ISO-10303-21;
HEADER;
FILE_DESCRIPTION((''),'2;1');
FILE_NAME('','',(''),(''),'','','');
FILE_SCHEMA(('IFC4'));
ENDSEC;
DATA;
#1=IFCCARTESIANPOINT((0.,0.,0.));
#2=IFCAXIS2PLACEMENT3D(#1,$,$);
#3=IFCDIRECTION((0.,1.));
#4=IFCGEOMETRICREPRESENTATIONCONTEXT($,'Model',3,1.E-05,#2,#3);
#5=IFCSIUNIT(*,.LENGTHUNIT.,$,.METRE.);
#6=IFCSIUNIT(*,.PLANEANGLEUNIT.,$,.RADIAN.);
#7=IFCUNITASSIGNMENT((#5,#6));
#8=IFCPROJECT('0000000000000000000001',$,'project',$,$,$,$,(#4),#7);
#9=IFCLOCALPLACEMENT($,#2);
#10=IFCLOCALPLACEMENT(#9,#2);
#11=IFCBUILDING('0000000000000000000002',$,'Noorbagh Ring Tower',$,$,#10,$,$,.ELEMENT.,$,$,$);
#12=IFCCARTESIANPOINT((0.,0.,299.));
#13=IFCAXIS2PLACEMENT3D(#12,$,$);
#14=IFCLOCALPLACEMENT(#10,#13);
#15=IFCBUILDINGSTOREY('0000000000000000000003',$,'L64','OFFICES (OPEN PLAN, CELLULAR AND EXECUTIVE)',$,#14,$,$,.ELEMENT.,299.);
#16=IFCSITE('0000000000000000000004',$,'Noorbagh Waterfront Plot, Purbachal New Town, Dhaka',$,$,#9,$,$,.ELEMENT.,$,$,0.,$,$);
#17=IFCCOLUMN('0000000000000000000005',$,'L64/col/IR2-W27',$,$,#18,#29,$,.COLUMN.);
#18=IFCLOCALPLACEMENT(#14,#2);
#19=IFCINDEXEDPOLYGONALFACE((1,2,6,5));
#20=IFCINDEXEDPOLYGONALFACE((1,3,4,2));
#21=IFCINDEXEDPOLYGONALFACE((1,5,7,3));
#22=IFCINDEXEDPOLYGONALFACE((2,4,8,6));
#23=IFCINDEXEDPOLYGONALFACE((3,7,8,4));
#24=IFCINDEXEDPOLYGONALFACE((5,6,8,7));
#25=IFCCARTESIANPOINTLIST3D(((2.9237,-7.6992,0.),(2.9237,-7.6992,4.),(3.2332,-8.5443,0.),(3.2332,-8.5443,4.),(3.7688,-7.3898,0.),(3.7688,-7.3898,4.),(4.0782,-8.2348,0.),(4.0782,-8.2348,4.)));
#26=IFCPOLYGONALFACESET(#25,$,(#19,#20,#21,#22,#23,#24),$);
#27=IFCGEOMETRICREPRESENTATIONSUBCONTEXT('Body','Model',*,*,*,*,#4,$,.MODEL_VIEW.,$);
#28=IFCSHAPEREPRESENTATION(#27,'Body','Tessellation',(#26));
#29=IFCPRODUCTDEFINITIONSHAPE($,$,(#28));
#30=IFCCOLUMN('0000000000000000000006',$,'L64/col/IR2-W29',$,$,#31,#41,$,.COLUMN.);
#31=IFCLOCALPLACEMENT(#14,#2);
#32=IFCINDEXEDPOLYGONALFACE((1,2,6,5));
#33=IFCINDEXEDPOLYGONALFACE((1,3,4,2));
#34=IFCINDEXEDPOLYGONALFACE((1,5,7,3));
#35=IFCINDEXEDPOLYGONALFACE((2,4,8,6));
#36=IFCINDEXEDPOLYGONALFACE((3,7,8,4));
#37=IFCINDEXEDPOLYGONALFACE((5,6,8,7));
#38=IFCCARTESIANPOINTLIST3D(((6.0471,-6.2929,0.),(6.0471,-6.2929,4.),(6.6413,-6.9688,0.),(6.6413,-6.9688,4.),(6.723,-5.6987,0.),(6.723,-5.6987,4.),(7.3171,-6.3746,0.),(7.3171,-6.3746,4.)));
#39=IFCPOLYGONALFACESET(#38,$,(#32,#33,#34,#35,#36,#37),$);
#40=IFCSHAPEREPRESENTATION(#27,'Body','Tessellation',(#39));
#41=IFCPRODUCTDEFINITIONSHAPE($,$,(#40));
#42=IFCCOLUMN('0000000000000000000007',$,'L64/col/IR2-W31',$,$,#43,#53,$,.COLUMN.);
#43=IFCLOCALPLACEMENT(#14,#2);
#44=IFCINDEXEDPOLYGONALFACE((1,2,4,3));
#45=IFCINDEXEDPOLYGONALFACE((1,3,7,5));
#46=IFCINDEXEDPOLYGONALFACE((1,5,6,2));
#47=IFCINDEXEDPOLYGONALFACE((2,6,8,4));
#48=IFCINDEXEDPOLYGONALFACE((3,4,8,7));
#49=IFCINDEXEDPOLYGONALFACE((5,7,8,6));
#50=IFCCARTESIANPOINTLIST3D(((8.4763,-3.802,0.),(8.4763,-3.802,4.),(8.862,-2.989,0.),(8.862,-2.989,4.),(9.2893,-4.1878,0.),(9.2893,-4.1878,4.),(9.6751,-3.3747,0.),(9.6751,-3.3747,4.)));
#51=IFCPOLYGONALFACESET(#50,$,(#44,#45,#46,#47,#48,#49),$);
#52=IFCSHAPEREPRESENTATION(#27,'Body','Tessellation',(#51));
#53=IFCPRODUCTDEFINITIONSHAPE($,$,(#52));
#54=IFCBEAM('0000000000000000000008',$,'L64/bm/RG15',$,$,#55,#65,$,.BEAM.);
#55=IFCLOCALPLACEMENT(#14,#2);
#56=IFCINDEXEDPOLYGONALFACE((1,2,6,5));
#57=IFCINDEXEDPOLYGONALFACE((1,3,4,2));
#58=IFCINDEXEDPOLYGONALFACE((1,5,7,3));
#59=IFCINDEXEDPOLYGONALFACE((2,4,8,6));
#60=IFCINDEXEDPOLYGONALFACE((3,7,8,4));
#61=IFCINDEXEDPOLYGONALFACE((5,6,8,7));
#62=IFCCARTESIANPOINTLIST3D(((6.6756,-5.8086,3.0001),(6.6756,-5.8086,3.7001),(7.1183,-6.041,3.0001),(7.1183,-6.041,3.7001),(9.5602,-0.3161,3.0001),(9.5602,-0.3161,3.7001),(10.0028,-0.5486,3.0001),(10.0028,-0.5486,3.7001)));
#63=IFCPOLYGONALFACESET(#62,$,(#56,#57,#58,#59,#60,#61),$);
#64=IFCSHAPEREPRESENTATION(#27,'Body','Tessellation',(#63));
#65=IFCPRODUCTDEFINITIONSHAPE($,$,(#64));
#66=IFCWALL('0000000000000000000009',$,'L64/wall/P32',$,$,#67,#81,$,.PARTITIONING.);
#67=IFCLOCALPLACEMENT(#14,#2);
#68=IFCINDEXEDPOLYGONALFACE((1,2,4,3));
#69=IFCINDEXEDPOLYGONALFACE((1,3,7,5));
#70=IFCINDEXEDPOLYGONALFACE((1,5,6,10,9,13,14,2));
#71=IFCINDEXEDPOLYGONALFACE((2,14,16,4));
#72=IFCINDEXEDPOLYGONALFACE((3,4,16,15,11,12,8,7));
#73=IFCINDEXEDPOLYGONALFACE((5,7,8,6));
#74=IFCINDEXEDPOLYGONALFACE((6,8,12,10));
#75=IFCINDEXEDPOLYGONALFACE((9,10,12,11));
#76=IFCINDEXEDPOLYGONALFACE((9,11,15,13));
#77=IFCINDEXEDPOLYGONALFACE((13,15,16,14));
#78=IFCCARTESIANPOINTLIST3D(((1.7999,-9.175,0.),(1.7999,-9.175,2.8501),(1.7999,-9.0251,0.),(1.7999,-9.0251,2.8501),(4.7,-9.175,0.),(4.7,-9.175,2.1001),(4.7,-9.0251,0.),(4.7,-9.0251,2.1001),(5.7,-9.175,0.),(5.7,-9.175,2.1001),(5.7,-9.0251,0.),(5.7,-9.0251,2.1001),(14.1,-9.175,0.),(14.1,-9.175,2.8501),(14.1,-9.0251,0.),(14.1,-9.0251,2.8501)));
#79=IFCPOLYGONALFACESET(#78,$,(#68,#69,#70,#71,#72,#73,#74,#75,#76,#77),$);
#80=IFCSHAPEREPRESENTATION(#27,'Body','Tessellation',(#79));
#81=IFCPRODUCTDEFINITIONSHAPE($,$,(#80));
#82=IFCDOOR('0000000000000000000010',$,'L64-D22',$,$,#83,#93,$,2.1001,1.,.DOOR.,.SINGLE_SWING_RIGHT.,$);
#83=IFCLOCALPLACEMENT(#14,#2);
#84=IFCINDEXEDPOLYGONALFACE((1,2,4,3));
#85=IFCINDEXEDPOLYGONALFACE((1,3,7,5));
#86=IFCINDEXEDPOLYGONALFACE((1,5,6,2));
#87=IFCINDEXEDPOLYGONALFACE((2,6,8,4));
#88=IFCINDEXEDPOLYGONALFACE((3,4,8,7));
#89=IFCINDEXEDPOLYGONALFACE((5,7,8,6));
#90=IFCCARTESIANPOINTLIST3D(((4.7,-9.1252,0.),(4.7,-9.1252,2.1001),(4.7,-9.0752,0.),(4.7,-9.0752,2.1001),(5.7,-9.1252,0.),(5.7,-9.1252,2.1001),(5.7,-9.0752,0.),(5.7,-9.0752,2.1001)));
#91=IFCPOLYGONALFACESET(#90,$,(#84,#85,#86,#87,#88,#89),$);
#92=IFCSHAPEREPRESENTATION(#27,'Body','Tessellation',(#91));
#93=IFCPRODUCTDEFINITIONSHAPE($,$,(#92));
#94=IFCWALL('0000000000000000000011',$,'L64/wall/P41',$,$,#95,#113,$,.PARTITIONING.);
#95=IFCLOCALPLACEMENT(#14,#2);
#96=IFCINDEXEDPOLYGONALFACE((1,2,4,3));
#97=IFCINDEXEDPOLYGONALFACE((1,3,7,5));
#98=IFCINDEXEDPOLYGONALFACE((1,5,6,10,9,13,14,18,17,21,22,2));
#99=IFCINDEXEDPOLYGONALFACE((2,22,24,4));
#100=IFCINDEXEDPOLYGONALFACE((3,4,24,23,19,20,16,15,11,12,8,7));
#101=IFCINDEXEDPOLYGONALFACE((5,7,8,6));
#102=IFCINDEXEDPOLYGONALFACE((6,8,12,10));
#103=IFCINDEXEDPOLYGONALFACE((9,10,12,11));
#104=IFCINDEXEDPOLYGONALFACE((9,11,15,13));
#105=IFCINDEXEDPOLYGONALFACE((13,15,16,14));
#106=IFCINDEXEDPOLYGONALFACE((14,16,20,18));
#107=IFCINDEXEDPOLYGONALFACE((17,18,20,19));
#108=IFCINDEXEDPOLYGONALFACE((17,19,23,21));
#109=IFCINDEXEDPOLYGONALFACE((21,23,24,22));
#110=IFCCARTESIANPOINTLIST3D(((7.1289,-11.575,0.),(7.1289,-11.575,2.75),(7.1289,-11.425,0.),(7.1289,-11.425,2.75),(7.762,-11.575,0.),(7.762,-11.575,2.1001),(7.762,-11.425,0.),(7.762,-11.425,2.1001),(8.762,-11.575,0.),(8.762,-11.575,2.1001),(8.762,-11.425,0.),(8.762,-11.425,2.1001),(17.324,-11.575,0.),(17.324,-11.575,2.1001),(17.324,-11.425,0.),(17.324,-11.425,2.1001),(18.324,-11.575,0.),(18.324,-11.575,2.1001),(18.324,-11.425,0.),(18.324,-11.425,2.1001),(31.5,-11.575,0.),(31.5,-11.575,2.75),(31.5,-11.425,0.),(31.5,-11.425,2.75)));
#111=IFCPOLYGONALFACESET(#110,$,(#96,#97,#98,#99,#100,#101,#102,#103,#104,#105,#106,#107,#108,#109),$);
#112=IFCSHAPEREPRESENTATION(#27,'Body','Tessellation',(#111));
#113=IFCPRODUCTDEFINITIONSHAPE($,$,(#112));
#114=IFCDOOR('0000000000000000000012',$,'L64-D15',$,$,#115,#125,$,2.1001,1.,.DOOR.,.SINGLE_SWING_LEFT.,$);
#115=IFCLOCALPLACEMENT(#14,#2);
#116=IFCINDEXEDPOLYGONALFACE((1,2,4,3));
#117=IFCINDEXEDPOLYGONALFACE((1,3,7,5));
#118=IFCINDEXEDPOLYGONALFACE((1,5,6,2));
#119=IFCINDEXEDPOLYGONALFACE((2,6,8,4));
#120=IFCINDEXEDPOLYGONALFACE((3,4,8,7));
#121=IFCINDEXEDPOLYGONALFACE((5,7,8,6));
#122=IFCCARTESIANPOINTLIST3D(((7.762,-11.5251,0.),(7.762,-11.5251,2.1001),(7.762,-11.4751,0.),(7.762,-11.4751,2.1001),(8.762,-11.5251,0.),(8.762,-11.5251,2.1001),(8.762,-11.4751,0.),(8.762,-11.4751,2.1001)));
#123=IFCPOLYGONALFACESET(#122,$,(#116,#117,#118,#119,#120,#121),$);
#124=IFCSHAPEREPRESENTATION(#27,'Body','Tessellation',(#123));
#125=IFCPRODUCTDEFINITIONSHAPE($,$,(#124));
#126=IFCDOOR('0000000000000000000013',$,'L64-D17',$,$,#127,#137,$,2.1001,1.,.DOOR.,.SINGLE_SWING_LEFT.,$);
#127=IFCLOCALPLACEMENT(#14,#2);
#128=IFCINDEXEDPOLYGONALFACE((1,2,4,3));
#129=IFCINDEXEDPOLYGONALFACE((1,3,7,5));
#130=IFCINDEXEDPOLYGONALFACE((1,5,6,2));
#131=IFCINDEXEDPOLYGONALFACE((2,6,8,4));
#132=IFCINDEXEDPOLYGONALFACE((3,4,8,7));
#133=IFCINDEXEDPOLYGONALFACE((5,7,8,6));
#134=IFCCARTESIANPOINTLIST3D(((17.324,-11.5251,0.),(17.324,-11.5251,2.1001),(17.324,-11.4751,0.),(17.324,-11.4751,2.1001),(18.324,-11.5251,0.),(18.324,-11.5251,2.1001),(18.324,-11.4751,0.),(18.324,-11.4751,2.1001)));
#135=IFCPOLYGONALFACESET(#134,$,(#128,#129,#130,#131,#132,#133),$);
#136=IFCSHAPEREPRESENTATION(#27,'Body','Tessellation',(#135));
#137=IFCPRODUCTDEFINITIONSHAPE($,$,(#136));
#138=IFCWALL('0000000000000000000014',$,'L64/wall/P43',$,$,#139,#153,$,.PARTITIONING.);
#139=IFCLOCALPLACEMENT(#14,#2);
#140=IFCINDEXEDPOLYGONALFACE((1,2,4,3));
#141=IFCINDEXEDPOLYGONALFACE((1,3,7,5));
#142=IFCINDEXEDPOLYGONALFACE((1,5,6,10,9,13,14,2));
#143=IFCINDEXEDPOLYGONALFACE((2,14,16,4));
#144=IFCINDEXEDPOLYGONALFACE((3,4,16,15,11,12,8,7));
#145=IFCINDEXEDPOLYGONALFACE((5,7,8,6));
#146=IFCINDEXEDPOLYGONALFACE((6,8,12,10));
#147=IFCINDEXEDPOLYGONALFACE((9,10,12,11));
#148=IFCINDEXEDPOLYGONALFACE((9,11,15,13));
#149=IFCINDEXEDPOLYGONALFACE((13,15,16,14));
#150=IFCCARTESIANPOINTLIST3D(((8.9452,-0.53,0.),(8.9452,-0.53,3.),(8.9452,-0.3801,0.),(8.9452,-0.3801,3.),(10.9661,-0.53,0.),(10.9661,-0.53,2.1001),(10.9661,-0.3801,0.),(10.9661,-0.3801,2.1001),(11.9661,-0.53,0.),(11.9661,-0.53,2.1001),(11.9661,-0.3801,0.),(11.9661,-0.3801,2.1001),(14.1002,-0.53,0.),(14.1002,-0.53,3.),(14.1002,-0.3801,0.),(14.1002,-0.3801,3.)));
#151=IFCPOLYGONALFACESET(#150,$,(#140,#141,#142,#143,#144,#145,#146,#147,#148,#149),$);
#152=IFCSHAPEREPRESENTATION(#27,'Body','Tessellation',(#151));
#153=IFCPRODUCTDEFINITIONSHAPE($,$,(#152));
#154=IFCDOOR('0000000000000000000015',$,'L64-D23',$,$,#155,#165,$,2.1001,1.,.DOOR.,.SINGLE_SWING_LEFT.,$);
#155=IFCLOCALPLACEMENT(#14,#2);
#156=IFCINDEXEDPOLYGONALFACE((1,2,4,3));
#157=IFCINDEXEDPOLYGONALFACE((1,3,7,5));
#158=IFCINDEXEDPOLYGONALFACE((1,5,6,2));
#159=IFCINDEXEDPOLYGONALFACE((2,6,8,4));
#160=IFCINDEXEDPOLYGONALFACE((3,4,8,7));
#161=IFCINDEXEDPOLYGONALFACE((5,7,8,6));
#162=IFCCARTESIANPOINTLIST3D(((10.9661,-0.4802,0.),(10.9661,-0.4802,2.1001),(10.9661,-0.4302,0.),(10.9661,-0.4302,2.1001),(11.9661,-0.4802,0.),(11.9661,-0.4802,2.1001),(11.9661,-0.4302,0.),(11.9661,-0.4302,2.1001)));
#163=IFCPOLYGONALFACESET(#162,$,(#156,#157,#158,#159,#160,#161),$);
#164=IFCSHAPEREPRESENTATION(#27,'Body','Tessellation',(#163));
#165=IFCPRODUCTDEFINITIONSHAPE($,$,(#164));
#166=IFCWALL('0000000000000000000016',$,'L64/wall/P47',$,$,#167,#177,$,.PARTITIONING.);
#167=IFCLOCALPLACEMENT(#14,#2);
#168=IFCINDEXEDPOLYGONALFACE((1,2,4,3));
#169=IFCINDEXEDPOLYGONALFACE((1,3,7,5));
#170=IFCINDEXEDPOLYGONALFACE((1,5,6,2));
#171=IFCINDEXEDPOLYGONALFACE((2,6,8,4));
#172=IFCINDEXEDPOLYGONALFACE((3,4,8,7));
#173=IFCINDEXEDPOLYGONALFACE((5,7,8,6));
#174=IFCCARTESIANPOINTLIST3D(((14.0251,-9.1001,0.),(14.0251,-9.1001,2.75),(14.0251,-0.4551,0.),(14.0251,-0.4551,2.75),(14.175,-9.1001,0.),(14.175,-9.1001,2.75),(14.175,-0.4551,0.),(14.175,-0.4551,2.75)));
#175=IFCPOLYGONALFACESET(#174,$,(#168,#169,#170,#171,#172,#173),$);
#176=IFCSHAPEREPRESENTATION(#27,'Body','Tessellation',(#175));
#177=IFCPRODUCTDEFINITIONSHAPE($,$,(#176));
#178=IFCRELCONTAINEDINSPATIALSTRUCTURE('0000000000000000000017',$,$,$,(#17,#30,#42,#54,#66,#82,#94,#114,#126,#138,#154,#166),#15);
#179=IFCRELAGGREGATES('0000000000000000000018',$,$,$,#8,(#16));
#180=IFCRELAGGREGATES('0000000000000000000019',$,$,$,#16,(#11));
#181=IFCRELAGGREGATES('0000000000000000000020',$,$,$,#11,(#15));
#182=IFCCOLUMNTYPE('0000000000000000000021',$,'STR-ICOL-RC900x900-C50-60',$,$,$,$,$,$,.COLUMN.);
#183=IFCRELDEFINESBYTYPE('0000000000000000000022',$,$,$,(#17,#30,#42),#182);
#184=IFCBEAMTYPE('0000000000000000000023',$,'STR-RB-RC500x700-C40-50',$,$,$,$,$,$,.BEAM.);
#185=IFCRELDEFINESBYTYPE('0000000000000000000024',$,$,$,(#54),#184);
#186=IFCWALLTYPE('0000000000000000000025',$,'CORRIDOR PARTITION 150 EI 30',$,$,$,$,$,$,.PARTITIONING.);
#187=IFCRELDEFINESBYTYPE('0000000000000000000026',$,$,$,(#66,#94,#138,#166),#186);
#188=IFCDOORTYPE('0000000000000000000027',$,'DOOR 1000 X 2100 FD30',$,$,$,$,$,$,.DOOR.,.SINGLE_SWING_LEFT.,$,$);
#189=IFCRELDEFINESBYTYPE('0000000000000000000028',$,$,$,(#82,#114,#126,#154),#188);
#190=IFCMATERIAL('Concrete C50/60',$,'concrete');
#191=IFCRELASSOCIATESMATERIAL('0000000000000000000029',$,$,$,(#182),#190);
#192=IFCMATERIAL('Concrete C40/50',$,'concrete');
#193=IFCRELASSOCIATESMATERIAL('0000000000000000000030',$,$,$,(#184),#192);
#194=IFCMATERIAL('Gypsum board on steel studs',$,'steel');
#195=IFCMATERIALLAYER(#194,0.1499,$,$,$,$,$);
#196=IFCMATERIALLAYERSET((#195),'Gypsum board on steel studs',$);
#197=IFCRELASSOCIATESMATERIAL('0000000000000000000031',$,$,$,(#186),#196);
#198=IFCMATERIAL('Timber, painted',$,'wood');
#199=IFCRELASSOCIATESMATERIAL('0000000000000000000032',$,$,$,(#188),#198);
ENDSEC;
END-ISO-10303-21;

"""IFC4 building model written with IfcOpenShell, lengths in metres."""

from ifc_helpers import new_model, si_unit, direction, frame, frame_2d, origin, origin_2d, place, context, subcontext, project, spatial, rectangle, extrude, material, layer, layer_set, material_profile, profile_set, type_object, element, fill, save


model = new_model("IFC4")

# Units and contexts
model_context = context("Model", 3, precision=1e-05, world=origin(), true_north=direction((0.0, 1.0)))
body_context = subcontext(model_context, "Body", "Model", "MODEL_VIEW")
ifc_project = project(units=[si_unit("LENGTHUNIT", "METRE"), si_unit("PLANEANGLEUNIT", "RADIAN")], contexts=[model_context])

# Site, building, storey
site_placement = place(None, origin())
site = spatial("IfcSite", under=ifc_project, at=site_placement, Name="Noorbagh Waterfront Plot, Purbachal New Town, Dhaka", CompositionType="ELEMENT", RefElevation=0.0)
building_placement = place(site_placement, origin())
building = spatial("IfcBuilding", under=site, at=building_placement, Name="Noorbagh Ring Tower", CompositionType="ELEMENT")
storey_placement = place(building_placement, frame((0.0, 0.0, 299.0)))
storey = spatial("IfcBuildingStorey", under=building, at=storey_placement, Name="L64", Description="OFFICES (OPEN PLAN, CELLULAR AND EXECUTIVE)", CompositionType="ELEMENT", Elevation=299.0)

# Columns
ifc_material_1 = material(Name="Concrete C50/60", Category="concrete")
ifc_material_profile_1 = material_profile(ifc_material_1, rectangle(XDim=0.8999, YDim=0.8999, at=origin_2d()), Name="RC900x900")
ifc_profile_set_1 = profile_set([ifc_material_profile_1], Name="Concrete C50/60")
column_type = type_object("IfcColumnType", Name="STR-ICOL-RC900x900-C50-60", PredefinedType="COLUMN", material=ifc_profile_set_1)
for number, where, z_axis, x_axis, name in (
    (1, (3.501, -7.967, 0.0), (0.0, 0.0, 1.0), (0.93902, 0.343864, 0.0), "L64/col/IR2-W27"),
    (2, (6.6821, -6.3337, 0.0), (0.0, 0.0, 1.0), (0.751022, 0.660277, 0.0), "L64/col/IR2-W29"),
    (3, (9.0757, -3.5884, 0.0), (0.0, 0.0, 1.0), (0.428667, 0.903463, 0.0), "L64/col/IR2-W31"),
):
    element("IfcColumn", number, at=place(storey_placement, frame(where, z_axis=z_axis, x_axis=x_axis)), inside=storey, type_object=column_type, Name=name, PredefinedType="COLUMN", context=body_context, shape_type="SweptSolid", body=[
        extrude(rectangle(XDim=0.8999, YDim=0.8999, at=origin_2d()), origin(), (0.0, 0.0, 1.0), 4.0),
    ])

# Beam
ifc_material_2 = material(Name="Concrete C40/50", Category="concrete")
ifc_material_profile_2 = material_profile(ifc_material_2, rectangle(XDim=0.5, YDim=0.7, at=origin_2d()), Name="RC500x700")
ifc_profile_set_2 = profile_set([ifc_material_profile_2], Name="Concrete C40/50")
beam_type = type_object("IfcBeamType", Name="STR-RB-RC500x700-C40-50", PredefinedType="BEAM", material=ifc_profile_set_2)
beam_placement = place(storey_placement, frame((6.897, -5.9248, 3.3501), z_axis=(0.46496, 0.885332, 0.0), x_axis=(-0.885332, 0.46496, 0.0)))
element("IfcBeam", 4, at=beam_placement, inside=storey, type_object=beam_type, Name="L64/bm/RG15", PredefinedType="BEAM", context=body_context, shape_type="SweptSolid", body=[
    extrude(rectangle(XDim=0.5, YDim=0.7, at=origin_2d()), origin(), (0.0, 0.0, 1.0), 6.2039),
])

# Wall, opening, door
ifc_material_3 = material(Name="Gypsum board on steel studs", Category="steel")
ifc_layer_1 = layer(ifc_material_3, 0.1499)
ifc_layer_set_1 = layer_set([ifc_layer_1], Name="Gypsum board on steel studs")
wall_type_1 = type_object("IfcWallType", Name="CORRIDOR PARTITION 150 EI 30", PredefinedType="PARTITIONING", material=ifc_layer_set_1)
wall_1_placement = place(storey_placement, frame((1.8, -9.1001, 0.0), z_axis=(0.0, 0.0, 1.0), x_axis=(1.0, 0.0, 0.0)))
wall_1 = element("IfcWall", 5, at=wall_1_placement, inside=storey, type_object=wall_type_1, Name="L64/wall/P32", PredefinedType="PARTITIONING", context=body_context, shape_type="SweptSolid", body=[
    extrude(rectangle(XDim=12.3, YDim=0.1499, at=frame_2d((6.1499, 0.0))), origin(), (0.0, 0.0, 1.0), 2.8501),
])
opening_1_placement = place(wall_1_placement, frame((2.8999, 0.0, 0.0)))
opening_1 = element("IfcOpeningElement", 6, at=opening_1_placement, cuts=wall_1, PredefinedType="OPENING", context=body_context, shape_type="SweptSolid", body=[
    extrude(rectangle(XDim=1.0, YDim=2.1001, at=frame_2d((0.5, 1.05))), frame((0.0, 0.085, 0.0), z_axis=(0.0, -1.0, 0.0), x_axis=(1.0, 0.0, 0.0)), (0.0, 0.0, 1.0), 0.1699),
])
ifc_material_4 = material(Name="Timber, painted", Category="wood")
door_type = type_object("IfcDoorType", Name="DOOR 1000 X 2100 FD30", OperationType="SINGLE_SWING_LEFT", PredefinedType="DOOR", material=ifc_material_4)
door_1_placement = place(opening_1_placement, origin())
door_1 = element("IfcDoor", 7, at=door_1_placement, inside=storey, type_object=door_type, Name="L64-D22", OperationType="SINGLE_SWING_RIGHT", OverallHeight=2.1001, OverallWidth=1.0, PredefinedType="DOOR", context=body_context, shape_type="SweptSolid", body=[
    extrude(rectangle(XDim=1.0, YDim=2.1001, at=frame_2d((0.5, 1.05))), frame((0.0, 0.0249, 0.0), z_axis=(0.0, -1.0, 0.0), x_axis=(1.0, 0.0, 0.0)), (0.0, 0.0, 1.0), 0.05),
])
fill(opening_1, door_1)

# Wall, openings, doors
wall_2_placement = place(storey_placement, frame((7.1289, -11.5, 0.0), z_axis=(0.0, 0.0, 1.0), x_axis=(1.0, 0.0, 0.0)))
wall_2 = element("IfcWall", 8, at=wall_2_placement, inside=storey, type_object=wall_type_1, Name="L64/wall/P41", PredefinedType="PARTITIONING", context=body_context, shape_type="SweptSolid", body=[
    extrude(rectangle(XDim=24.3711, YDim=0.1499, at=frame_2d((12.1855, 0.0))), origin(), (0.0, 0.0, 1.0), 2.75),
])
opening_2_placement = place(wall_2_placement, frame((0.6331, 0.0, 0.0)))
opening_2 = element("IfcOpeningElement", 9, at=opening_2_placement, cuts=wall_2, PredefinedType="OPENING", context=body_context, shape_type="SweptSolid", body=[
    extrude(rectangle(XDim=1.0, YDim=2.1001, at=frame_2d((0.5, 1.05))), frame((0.0, 0.085, 0.0), z_axis=(0.0, -1.0, 0.0), x_axis=(1.0, 0.0, 0.0)), (0.0, 0.0, 1.0), 0.1699),
])
opening_3_placement = place(wall_2_placement, frame((10.1951, 0.0, 0.0)))
opening_3 = element("IfcOpeningElement", 10, at=opening_3_placement, cuts=wall_2, PredefinedType="OPENING", context=body_context, shape_type="SweptSolid", body=[
    extrude(rectangle(XDim=1.0, YDim=2.1001, at=frame_2d((0.5, 1.05))), frame((0.0, 0.085, 0.0), z_axis=(0.0, -1.0, 0.0), x_axis=(1.0, 0.0, 0.0)), (0.0, 0.0, 1.0), 0.1699),
])
door_2_placement = place(opening_2_placement, origin())
door_2 = element("IfcDoor", 11, at=door_2_placement, inside=storey, type_object=door_type, Name="L64-D15", OperationType="SINGLE_SWING_LEFT", OverallHeight=2.1001, OverallWidth=1.0, PredefinedType="DOOR", context=body_context, shape_type="SweptSolid", body=[
    extrude(rectangle(XDim=1.0, YDim=2.1001, at=frame_2d((0.5, 1.05))), frame((0.0, 0.0249, 0.0), z_axis=(0.0, -1.0, 0.0), x_axis=(1.0, 0.0, 0.0)), (0.0, 0.0, 1.0), 0.05),
])
fill(opening_2, door_2)
door_3_placement = place(opening_3_placement, origin())
door_3 = element("IfcDoor", 12, at=door_3_placement, inside=storey, type_object=door_type, Name="L64-D17", OperationType="SINGLE_SWING_LEFT", OverallHeight=2.1001, OverallWidth=1.0, PredefinedType="DOOR", context=body_context, shape_type="SweptSolid", body=[
    extrude(rectangle(XDim=1.0, YDim=2.1001, at=frame_2d((0.5, 1.05))), frame((0.0, 0.0249, 0.0), z_axis=(0.0, -1.0, 0.0), x_axis=(1.0, 0.0, 0.0)), (0.0, 0.0, 1.0), 0.05),
])
fill(opening_3, door_3)

# Wall, opening, door
wall_3_placement = place(storey_placement, frame((8.9451, -0.4551, 0.0), z_axis=(0.0, 0.0, 1.0), x_axis=(1.0, 0.0, 0.0)))
wall_3 = element("IfcWall", 13, at=wall_3_placement, inside=storey, type_object=wall_type_1, Name="L64/wall/P43", PredefinedType="PARTITIONING", context=body_context, shape_type="SweptSolid", body=[
    extrude(rectangle(XDim=5.155, YDim=0.1499, at=frame_2d((2.5776, 0.0))), origin(), (0.0, 0.0, 1.0), 3.0),
])
opening_4_placement = place(wall_3_placement, frame((2.021, 0.0, 0.0)))
opening_4 = element("IfcOpeningElement", 14, at=opening_4_placement, cuts=wall_3, PredefinedType="OPENING", context=body_context, shape_type="SweptSolid", body=[
    extrude(rectangle(XDim=1.0, YDim=2.1001, at=frame_2d((0.5, 1.05))), frame((0.0, 0.085, 0.0), z_axis=(0.0, -1.0, 0.0), x_axis=(1.0, 0.0, 0.0)), (0.0, 0.0, 1.0), 0.1699),
])
door_4_placement = place(opening_4_placement, origin())
door_4 = element("IfcDoor", 15, at=door_4_placement, inside=storey, type_object=door_type, Name="L64-D23", OperationType="SINGLE_SWING_LEFT", OverallHeight=2.1001, OverallWidth=1.0, PredefinedType="DOOR", context=body_context, shape_type="SweptSolid", body=[
    extrude(rectangle(XDim=1.0, YDim=2.1001, at=frame_2d((0.5, 1.05))), frame((0.0, 0.0249, 0.0), z_axis=(0.0, -1.0, 0.0), x_axis=(1.0, 0.0, 0.0)), (0.0, 0.0, 1.0), 0.05),
])
fill(opening_4, door_4)

# Wall
wall_4_placement = place(storey_placement, frame((14.1001, -9.1001, 0.0), z_axis=(0.0, 0.0, 1.0), x_axis=(0.0, 1.0, 0.0)))
element("IfcWall", 16, at=wall_4_placement, inside=storey, type_object=wall_type_1, Name="L64/wall/P47", PredefinedType="PARTITIONING", context=body_context, shape_type="SweptSolid", body=[
    extrude(rectangle(XDim=8.645, YDim=0.1499, at=frame_2d((4.3225, 0.0))), origin(), (0.0, 0.0, 1.0), 2.75),
])

save(model, "model.ifc")
